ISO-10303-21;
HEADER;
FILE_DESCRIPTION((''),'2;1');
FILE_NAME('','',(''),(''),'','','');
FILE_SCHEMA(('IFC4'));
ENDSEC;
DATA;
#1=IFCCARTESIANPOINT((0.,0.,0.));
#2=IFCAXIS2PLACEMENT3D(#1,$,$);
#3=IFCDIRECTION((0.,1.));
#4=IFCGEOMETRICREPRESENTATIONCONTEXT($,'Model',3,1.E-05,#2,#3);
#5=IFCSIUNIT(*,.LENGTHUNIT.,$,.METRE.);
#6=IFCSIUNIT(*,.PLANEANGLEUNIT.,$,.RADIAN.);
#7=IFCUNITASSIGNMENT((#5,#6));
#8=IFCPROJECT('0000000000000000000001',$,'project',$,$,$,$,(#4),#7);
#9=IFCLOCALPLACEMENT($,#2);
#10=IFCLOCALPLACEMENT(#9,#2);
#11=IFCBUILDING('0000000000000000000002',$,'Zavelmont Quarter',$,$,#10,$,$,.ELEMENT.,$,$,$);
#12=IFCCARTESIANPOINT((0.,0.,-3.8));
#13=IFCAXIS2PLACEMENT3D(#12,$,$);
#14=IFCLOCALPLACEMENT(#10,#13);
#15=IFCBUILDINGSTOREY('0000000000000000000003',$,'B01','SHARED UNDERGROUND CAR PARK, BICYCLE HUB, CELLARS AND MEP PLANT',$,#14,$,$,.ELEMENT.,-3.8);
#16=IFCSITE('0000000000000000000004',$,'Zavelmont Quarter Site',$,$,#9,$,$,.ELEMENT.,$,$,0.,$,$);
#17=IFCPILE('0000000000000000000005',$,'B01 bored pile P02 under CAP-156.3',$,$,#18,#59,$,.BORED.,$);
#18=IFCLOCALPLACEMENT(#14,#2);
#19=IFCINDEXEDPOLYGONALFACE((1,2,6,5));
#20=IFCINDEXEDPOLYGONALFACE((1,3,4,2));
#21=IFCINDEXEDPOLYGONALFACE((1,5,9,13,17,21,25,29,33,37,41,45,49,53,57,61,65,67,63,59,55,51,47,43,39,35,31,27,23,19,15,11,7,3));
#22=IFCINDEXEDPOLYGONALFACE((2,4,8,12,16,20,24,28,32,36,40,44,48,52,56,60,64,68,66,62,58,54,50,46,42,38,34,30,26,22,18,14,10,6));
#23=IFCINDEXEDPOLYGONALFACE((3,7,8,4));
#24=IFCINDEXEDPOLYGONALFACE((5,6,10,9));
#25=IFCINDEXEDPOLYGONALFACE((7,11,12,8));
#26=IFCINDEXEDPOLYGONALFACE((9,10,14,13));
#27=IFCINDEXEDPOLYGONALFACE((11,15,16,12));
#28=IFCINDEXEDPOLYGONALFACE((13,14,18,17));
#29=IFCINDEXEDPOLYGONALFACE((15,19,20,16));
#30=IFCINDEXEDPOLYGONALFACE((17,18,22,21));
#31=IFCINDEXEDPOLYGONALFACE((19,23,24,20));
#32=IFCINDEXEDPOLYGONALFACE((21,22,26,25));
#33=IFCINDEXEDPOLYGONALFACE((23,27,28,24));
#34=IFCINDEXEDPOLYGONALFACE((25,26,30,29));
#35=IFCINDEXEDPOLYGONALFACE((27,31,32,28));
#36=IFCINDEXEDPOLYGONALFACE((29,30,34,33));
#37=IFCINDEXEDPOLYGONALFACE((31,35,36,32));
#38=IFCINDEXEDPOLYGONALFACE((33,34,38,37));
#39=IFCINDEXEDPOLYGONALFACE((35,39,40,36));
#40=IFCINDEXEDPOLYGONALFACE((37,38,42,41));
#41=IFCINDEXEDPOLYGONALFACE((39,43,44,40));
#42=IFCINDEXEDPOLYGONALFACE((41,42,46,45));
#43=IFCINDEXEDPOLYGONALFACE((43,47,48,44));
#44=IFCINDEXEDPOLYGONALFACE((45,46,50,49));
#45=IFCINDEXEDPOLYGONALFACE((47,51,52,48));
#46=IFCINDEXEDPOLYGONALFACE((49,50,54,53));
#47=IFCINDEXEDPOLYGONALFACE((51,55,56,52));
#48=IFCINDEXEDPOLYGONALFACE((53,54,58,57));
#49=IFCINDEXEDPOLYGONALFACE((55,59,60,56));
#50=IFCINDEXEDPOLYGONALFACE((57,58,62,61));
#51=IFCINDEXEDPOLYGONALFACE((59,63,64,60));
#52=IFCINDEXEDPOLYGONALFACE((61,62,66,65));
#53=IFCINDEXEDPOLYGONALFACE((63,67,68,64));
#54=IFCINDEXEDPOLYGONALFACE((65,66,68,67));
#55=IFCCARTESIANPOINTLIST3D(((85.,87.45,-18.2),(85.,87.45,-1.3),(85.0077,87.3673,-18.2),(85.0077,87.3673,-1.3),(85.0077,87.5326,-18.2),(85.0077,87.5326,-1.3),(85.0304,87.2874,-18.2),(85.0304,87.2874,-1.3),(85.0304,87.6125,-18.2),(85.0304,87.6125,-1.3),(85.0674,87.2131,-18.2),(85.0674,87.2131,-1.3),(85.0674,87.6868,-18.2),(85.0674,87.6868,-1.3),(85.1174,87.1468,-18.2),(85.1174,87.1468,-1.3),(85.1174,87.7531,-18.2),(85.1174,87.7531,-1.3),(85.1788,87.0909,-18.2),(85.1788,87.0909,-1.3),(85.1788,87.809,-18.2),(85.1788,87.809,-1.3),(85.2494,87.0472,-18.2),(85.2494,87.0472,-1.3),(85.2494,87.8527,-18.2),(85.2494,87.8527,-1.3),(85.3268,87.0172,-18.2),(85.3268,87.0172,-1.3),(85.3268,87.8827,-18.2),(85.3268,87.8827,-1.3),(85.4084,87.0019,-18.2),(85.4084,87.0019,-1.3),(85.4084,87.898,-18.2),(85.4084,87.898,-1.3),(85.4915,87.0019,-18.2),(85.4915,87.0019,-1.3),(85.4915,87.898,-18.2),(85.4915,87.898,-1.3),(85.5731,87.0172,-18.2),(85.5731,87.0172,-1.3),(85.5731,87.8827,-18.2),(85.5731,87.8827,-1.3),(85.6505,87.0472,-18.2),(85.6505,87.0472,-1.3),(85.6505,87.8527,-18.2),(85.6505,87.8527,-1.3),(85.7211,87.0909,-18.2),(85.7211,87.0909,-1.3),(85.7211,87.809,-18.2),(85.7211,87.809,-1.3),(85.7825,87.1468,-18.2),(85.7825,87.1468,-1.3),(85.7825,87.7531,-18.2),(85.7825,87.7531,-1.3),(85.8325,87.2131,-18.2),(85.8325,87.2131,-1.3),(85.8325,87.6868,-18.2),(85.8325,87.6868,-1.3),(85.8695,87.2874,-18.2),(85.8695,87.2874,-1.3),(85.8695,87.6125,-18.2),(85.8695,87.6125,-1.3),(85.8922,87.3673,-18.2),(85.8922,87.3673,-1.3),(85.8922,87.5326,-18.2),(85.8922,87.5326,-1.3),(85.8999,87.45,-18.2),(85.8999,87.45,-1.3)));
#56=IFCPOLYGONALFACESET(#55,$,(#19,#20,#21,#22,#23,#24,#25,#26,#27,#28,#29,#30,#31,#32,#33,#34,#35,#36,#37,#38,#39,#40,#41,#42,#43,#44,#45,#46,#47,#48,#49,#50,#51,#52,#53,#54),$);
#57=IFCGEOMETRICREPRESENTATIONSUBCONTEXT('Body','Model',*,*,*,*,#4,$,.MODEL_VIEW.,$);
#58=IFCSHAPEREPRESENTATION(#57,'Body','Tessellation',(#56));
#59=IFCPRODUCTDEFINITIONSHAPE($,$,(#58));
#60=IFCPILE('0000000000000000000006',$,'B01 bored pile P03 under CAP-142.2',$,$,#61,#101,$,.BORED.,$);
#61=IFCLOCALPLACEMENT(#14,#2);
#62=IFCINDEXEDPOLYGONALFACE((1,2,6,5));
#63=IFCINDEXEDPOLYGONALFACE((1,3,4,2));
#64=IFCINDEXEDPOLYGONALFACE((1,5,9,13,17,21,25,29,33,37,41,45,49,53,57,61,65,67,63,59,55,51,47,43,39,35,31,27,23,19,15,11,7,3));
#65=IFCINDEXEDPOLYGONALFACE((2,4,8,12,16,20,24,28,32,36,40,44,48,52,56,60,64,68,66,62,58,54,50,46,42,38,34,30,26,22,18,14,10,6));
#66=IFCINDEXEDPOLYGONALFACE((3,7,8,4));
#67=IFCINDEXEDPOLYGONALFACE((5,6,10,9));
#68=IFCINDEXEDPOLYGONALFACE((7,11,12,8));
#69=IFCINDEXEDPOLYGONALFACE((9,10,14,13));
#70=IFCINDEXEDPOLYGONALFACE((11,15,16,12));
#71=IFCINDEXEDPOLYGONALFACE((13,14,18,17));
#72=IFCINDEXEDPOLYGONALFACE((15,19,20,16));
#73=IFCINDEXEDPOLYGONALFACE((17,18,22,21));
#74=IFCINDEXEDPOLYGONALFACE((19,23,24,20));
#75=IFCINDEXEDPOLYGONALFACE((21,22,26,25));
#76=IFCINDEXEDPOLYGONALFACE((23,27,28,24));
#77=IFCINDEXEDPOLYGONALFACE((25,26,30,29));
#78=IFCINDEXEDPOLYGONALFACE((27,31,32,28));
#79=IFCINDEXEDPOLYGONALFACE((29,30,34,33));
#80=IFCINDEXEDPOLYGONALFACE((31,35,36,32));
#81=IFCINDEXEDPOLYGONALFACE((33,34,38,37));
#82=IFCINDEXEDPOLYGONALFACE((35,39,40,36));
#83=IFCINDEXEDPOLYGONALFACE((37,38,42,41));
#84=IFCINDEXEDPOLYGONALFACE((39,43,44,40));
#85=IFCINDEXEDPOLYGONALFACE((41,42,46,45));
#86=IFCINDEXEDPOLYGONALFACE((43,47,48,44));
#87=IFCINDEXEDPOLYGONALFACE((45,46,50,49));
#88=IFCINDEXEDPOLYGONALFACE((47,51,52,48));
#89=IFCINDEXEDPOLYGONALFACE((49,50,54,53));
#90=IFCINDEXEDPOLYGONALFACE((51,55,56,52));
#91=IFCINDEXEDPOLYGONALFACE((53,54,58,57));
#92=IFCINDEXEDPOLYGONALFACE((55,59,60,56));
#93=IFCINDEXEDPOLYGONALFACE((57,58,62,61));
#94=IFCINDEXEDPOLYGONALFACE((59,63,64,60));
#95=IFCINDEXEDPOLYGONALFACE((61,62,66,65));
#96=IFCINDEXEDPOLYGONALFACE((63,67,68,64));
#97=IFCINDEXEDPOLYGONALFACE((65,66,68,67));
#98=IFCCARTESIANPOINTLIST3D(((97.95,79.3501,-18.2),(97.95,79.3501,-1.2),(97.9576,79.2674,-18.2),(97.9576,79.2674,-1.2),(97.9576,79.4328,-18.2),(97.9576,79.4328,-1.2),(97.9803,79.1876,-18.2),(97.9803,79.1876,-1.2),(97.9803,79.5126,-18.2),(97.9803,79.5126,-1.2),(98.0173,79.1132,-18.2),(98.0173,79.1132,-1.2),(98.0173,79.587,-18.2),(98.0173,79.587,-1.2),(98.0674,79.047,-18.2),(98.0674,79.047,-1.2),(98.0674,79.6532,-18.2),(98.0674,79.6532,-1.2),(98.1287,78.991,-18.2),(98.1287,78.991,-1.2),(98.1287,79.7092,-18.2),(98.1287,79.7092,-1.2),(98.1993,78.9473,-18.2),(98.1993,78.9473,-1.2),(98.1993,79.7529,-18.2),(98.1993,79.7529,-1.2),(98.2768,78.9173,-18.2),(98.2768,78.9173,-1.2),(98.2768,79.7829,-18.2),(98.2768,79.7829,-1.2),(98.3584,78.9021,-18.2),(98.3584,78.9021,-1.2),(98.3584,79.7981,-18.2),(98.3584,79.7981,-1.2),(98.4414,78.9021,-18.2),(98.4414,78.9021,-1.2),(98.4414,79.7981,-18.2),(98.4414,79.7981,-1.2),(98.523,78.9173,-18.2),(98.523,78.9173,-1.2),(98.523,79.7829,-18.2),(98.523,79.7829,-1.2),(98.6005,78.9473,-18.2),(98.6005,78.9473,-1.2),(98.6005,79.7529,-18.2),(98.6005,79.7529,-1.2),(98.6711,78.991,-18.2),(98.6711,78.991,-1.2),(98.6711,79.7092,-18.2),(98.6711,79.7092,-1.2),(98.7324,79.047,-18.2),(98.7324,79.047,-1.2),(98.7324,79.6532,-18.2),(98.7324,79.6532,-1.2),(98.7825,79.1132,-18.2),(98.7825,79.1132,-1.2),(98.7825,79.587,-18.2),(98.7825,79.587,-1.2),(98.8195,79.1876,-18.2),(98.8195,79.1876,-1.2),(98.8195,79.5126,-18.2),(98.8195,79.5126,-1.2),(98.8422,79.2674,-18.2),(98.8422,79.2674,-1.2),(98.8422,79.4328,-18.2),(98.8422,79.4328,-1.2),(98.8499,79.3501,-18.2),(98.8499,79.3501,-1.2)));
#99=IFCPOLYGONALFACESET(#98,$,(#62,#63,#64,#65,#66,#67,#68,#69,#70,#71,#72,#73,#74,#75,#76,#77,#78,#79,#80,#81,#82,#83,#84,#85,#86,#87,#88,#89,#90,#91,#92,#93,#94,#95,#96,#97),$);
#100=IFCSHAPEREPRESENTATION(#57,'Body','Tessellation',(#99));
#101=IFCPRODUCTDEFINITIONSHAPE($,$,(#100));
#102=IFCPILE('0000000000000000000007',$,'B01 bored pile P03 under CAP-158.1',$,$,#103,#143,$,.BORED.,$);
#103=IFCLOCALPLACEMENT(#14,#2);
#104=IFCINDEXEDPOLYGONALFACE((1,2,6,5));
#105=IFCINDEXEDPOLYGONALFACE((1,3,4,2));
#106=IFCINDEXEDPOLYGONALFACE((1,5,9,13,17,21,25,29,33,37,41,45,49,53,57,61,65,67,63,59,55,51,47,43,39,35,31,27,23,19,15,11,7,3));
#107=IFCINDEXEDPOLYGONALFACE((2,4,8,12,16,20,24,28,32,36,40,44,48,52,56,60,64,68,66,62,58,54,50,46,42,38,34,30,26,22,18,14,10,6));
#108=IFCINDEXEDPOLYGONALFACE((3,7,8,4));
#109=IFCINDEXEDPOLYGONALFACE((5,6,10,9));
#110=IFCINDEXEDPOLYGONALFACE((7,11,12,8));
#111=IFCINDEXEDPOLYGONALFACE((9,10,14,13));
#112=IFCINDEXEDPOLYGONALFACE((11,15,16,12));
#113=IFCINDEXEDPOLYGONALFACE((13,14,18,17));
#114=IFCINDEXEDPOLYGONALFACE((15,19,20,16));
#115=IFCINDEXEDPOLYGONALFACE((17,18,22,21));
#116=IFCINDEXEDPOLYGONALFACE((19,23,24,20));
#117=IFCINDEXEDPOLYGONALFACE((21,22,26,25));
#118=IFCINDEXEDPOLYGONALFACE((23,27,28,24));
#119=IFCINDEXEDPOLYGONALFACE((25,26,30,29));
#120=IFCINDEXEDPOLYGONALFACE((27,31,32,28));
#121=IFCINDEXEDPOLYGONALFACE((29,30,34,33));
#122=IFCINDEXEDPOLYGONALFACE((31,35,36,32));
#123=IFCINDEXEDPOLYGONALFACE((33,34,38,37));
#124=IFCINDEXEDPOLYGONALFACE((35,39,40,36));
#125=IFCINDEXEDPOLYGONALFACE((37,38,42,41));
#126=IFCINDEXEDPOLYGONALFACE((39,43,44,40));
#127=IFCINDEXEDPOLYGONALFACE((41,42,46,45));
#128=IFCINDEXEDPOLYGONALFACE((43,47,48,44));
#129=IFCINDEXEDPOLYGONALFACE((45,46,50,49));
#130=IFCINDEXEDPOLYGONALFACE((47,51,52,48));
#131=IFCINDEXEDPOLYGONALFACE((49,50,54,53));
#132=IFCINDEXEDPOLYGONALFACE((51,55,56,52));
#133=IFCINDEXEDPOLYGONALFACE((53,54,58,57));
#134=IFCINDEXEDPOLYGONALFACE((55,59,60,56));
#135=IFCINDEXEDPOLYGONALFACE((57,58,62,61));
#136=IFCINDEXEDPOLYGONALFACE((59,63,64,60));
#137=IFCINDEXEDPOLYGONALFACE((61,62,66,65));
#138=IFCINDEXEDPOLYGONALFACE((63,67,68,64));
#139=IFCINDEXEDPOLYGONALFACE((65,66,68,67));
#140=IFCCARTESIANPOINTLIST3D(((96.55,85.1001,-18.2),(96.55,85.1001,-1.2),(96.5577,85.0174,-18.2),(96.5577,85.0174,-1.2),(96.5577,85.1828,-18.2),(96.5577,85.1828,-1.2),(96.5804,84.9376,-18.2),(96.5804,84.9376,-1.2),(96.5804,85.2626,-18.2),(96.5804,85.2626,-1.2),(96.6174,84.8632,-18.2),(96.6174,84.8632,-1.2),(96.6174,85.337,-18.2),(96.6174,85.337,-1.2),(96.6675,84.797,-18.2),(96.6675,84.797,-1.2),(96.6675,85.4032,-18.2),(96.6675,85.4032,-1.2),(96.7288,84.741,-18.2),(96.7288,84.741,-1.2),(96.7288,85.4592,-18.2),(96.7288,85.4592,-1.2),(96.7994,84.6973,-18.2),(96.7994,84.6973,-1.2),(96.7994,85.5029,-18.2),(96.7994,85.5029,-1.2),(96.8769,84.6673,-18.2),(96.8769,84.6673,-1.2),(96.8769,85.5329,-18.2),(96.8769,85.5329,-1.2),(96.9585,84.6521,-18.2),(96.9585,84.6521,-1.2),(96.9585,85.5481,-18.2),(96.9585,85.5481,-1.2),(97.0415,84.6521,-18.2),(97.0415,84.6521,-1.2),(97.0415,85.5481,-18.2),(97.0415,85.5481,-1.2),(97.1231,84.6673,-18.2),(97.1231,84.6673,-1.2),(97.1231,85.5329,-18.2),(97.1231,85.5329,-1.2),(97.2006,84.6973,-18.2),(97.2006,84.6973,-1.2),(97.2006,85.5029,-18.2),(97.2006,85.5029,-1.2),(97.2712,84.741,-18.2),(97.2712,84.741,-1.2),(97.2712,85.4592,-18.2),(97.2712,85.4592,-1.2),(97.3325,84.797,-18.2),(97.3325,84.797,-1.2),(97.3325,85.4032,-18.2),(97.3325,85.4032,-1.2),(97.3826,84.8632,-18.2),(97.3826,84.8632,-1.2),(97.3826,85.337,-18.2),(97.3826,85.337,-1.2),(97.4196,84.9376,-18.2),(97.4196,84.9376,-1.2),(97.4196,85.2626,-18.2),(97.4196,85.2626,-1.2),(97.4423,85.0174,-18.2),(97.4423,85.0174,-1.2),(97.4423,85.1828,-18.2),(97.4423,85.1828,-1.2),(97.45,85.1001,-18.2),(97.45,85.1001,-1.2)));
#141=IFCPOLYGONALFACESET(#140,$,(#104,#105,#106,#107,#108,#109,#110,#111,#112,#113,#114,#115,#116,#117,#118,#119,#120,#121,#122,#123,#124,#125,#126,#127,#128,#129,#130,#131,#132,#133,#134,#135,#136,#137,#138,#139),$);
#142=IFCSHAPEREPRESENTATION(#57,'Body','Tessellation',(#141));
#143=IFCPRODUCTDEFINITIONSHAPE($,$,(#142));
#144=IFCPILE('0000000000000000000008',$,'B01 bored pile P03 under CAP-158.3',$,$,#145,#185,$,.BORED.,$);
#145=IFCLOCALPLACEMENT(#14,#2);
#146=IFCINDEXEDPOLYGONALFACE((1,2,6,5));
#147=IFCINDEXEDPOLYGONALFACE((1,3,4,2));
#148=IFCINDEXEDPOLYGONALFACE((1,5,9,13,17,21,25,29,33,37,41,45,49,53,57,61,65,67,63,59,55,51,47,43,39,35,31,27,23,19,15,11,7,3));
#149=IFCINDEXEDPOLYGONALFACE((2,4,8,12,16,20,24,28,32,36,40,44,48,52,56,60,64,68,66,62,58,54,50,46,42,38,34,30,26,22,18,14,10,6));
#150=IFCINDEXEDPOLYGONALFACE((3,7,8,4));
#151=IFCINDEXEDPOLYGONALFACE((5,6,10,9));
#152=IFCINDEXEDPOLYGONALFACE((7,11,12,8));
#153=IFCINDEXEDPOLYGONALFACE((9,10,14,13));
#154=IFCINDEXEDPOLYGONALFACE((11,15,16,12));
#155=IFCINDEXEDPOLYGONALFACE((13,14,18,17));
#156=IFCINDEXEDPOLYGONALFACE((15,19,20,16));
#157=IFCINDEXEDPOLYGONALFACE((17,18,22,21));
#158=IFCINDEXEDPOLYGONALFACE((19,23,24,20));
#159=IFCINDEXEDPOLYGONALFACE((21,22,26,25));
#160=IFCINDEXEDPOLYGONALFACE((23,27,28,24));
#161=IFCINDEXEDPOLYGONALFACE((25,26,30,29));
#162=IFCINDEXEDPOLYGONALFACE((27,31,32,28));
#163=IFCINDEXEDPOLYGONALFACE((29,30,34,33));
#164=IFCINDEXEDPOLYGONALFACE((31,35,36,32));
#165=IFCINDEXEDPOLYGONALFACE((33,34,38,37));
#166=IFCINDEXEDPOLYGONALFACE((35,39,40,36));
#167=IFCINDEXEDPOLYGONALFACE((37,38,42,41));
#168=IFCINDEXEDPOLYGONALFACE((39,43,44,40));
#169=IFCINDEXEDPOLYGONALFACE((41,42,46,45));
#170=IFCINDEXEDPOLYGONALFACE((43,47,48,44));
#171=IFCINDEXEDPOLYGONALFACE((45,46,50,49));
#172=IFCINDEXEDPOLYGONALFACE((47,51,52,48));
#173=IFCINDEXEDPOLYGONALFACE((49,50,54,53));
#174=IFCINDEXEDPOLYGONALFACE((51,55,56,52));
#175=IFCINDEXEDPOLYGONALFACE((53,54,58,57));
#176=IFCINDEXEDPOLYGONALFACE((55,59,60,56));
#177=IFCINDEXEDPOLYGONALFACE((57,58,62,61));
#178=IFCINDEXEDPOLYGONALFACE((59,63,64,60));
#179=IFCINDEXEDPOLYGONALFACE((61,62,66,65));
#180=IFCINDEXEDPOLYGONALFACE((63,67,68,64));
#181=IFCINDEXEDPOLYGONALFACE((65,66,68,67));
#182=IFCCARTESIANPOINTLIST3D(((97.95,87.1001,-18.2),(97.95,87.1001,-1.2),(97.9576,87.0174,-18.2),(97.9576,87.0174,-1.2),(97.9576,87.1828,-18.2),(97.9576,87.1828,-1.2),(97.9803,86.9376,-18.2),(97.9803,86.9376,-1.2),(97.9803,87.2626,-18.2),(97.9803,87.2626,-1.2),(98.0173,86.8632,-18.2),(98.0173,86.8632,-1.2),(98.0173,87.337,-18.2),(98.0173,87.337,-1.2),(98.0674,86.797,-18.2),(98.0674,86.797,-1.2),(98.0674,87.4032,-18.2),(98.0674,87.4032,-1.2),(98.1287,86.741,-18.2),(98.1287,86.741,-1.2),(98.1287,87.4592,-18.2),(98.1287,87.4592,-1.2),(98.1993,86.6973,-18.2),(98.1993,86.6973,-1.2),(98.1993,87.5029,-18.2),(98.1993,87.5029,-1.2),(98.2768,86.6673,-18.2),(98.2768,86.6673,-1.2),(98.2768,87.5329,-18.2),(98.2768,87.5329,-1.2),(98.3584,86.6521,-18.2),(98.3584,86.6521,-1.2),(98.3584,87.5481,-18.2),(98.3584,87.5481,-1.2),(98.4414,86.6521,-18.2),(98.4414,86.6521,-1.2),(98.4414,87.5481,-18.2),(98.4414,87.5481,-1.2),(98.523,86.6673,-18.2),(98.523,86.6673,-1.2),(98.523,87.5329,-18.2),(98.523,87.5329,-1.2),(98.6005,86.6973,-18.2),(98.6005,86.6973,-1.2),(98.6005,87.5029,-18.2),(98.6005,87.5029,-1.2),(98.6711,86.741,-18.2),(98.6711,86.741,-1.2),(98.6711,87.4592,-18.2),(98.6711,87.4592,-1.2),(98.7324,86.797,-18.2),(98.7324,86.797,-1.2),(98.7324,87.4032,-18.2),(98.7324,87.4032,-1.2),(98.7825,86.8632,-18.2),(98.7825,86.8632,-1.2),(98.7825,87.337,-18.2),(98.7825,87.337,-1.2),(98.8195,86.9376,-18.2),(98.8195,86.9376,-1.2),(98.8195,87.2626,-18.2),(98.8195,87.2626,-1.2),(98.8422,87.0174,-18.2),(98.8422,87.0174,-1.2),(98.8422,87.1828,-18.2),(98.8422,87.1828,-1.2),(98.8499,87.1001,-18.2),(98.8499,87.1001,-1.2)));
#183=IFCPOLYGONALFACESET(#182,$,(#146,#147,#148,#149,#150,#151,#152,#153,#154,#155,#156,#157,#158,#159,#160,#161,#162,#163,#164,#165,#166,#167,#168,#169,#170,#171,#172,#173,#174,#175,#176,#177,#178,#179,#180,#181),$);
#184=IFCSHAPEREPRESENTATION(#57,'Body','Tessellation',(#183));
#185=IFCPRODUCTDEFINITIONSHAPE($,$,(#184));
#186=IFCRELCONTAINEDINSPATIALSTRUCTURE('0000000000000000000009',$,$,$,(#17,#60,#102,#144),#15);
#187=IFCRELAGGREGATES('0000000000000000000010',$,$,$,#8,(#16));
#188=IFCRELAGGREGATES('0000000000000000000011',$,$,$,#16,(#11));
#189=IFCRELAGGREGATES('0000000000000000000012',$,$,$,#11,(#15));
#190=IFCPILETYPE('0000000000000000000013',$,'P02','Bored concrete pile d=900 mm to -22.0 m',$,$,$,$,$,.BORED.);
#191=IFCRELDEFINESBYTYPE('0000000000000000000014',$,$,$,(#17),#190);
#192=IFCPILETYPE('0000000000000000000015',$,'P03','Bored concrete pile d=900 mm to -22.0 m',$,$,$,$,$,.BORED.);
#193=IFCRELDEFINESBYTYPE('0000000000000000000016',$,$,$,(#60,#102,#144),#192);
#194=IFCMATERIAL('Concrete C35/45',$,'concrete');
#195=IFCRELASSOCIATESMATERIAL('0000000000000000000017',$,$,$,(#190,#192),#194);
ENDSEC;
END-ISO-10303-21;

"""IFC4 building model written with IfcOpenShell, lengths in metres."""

from ifc_helpers import new_model, si_unit, direction, frame, origin, origin_2d, place, context, subcontext, project, spatial, circle, extrude, material, material_profile, profile_set, type_object, element, save


model = new_model("IFC4")

# Units and contexts
model_context = context("Model", 3, precision=1e-05, world=origin(), true_north=direction((0.0, 1.0)))
body_context = subcontext(model_context, "Body", "Model", "MODEL_VIEW")
ifc_project = project(units=[si_unit("LENGTHUNIT", "METRE"), si_unit("PLANEANGLEUNIT", "RADIAN")], contexts=[model_context])

# Site, building, storey
site_placement = place(None, origin())
site = spatial("IfcSite", under=ifc_project, at=site_placement, Name="Zavelmont Quarter Site", CompositionType="ELEMENT", RefElevation=0.0)
building_placement = place(site_placement, origin())
building = spatial("IfcBuilding", under=site, at=building_placement, Name="Zavelmont Quarter", CompositionType="ELEMENT")
storey_placement = place(building_placement, frame((0.0, 0.0, -3.8)))
storey = spatial("IfcBuildingStorey", under=building, at=storey_placement, Name="B01", Description="SHARED UNDERGROUND CAR PARK, BICYCLE HUB, CELLARS AND MEP PLANT", CompositionType="ELEMENT", Elevation=-3.8)

# Shared definitions
ifc_material_1 = material(Name="Concrete C35/45", Category="concrete")

# Piles
ifc_material_profile_1 = material_profile(ifc_material_1, circle(Radius=0.45, at=origin_2d()), Name="BP900")
ifc_profile_set_1 = profile_set([ifc_material_profile_1], Name="Concrete C35/45")
pile_type_1 = type_object("IfcPileType", Name="P02", Description="Bored concrete pile d=900 mm to -22.0 m", PredefinedType="BORED", material=ifc_profile_set_1)
for number, where, z_axis, x_axis, name in (
    (1, (85.45, 87.45, -1.3), (0.0, 0.0, -1.0), (1.0, 0.0, 0.0), "B01 bored pile P02 under CAP-156.3"),
):
    element("IfcPile", number, at=place(storey_placement, frame(where, z_axis=z_axis, x_axis=x_axis)), inside=storey, type_object=pile_type_1, Name=name, PredefinedType="BORED", context=body_context, shape_type="SweptSolid", body=[
        extrude(circle(Radius=0.45, at=origin_2d()), origin(), (0.0, 0.0, 1.0), 16.8999),
    ])
ifc_material_profile_2 = material_profile(ifc_material_1, circle(Radius=0.45, at=origin_2d()), Name="BP900")
ifc_profile_set_2 = profile_set([ifc_material_profile_2], Name="Concrete C35/45")
pile_type_2 = type_object("IfcPileType", Name="P03", Description="Bored concrete pile d=900 mm to -22.0 m", PredefinedType="BORED", material=ifc_profile_set_2)
for number, where, z_axis, x_axis, name in (
    (2, (98.3999, 79.3501, -1.2), (0.0, 0.0, -1.0), (1.0, 0.0, 0.0), "B01 bored pile P03 under CAP-142.2"),
    (3, (97.0, 85.1001, -1.2), (0.0, 0.0, -1.0), (1.0, 0.0, 0.0), "B01 bored pile P03 under CAP-158.1"),
    (4, (98.3999, 87.1001, -1.2), (0.0, 0.0, -1.0), (1.0, 0.0, 0.0), "B01 bored pile P03 under CAP-158.3"),
):
    element("IfcPile", number, at=place(storey_placement, frame(where, z_axis=z_axis, x_axis=x_axis)), inside=storey, type_object=pile_type_2, Name=name, PredefinedType="BORED", context=body_context, shape_type="SweptSolid", body=[
        extrude(circle(Radius=0.45, at=origin_2d()), origin(), (0.0, 0.0, 1.0), 17.0),
    ])

save(model, "model.ifc")
